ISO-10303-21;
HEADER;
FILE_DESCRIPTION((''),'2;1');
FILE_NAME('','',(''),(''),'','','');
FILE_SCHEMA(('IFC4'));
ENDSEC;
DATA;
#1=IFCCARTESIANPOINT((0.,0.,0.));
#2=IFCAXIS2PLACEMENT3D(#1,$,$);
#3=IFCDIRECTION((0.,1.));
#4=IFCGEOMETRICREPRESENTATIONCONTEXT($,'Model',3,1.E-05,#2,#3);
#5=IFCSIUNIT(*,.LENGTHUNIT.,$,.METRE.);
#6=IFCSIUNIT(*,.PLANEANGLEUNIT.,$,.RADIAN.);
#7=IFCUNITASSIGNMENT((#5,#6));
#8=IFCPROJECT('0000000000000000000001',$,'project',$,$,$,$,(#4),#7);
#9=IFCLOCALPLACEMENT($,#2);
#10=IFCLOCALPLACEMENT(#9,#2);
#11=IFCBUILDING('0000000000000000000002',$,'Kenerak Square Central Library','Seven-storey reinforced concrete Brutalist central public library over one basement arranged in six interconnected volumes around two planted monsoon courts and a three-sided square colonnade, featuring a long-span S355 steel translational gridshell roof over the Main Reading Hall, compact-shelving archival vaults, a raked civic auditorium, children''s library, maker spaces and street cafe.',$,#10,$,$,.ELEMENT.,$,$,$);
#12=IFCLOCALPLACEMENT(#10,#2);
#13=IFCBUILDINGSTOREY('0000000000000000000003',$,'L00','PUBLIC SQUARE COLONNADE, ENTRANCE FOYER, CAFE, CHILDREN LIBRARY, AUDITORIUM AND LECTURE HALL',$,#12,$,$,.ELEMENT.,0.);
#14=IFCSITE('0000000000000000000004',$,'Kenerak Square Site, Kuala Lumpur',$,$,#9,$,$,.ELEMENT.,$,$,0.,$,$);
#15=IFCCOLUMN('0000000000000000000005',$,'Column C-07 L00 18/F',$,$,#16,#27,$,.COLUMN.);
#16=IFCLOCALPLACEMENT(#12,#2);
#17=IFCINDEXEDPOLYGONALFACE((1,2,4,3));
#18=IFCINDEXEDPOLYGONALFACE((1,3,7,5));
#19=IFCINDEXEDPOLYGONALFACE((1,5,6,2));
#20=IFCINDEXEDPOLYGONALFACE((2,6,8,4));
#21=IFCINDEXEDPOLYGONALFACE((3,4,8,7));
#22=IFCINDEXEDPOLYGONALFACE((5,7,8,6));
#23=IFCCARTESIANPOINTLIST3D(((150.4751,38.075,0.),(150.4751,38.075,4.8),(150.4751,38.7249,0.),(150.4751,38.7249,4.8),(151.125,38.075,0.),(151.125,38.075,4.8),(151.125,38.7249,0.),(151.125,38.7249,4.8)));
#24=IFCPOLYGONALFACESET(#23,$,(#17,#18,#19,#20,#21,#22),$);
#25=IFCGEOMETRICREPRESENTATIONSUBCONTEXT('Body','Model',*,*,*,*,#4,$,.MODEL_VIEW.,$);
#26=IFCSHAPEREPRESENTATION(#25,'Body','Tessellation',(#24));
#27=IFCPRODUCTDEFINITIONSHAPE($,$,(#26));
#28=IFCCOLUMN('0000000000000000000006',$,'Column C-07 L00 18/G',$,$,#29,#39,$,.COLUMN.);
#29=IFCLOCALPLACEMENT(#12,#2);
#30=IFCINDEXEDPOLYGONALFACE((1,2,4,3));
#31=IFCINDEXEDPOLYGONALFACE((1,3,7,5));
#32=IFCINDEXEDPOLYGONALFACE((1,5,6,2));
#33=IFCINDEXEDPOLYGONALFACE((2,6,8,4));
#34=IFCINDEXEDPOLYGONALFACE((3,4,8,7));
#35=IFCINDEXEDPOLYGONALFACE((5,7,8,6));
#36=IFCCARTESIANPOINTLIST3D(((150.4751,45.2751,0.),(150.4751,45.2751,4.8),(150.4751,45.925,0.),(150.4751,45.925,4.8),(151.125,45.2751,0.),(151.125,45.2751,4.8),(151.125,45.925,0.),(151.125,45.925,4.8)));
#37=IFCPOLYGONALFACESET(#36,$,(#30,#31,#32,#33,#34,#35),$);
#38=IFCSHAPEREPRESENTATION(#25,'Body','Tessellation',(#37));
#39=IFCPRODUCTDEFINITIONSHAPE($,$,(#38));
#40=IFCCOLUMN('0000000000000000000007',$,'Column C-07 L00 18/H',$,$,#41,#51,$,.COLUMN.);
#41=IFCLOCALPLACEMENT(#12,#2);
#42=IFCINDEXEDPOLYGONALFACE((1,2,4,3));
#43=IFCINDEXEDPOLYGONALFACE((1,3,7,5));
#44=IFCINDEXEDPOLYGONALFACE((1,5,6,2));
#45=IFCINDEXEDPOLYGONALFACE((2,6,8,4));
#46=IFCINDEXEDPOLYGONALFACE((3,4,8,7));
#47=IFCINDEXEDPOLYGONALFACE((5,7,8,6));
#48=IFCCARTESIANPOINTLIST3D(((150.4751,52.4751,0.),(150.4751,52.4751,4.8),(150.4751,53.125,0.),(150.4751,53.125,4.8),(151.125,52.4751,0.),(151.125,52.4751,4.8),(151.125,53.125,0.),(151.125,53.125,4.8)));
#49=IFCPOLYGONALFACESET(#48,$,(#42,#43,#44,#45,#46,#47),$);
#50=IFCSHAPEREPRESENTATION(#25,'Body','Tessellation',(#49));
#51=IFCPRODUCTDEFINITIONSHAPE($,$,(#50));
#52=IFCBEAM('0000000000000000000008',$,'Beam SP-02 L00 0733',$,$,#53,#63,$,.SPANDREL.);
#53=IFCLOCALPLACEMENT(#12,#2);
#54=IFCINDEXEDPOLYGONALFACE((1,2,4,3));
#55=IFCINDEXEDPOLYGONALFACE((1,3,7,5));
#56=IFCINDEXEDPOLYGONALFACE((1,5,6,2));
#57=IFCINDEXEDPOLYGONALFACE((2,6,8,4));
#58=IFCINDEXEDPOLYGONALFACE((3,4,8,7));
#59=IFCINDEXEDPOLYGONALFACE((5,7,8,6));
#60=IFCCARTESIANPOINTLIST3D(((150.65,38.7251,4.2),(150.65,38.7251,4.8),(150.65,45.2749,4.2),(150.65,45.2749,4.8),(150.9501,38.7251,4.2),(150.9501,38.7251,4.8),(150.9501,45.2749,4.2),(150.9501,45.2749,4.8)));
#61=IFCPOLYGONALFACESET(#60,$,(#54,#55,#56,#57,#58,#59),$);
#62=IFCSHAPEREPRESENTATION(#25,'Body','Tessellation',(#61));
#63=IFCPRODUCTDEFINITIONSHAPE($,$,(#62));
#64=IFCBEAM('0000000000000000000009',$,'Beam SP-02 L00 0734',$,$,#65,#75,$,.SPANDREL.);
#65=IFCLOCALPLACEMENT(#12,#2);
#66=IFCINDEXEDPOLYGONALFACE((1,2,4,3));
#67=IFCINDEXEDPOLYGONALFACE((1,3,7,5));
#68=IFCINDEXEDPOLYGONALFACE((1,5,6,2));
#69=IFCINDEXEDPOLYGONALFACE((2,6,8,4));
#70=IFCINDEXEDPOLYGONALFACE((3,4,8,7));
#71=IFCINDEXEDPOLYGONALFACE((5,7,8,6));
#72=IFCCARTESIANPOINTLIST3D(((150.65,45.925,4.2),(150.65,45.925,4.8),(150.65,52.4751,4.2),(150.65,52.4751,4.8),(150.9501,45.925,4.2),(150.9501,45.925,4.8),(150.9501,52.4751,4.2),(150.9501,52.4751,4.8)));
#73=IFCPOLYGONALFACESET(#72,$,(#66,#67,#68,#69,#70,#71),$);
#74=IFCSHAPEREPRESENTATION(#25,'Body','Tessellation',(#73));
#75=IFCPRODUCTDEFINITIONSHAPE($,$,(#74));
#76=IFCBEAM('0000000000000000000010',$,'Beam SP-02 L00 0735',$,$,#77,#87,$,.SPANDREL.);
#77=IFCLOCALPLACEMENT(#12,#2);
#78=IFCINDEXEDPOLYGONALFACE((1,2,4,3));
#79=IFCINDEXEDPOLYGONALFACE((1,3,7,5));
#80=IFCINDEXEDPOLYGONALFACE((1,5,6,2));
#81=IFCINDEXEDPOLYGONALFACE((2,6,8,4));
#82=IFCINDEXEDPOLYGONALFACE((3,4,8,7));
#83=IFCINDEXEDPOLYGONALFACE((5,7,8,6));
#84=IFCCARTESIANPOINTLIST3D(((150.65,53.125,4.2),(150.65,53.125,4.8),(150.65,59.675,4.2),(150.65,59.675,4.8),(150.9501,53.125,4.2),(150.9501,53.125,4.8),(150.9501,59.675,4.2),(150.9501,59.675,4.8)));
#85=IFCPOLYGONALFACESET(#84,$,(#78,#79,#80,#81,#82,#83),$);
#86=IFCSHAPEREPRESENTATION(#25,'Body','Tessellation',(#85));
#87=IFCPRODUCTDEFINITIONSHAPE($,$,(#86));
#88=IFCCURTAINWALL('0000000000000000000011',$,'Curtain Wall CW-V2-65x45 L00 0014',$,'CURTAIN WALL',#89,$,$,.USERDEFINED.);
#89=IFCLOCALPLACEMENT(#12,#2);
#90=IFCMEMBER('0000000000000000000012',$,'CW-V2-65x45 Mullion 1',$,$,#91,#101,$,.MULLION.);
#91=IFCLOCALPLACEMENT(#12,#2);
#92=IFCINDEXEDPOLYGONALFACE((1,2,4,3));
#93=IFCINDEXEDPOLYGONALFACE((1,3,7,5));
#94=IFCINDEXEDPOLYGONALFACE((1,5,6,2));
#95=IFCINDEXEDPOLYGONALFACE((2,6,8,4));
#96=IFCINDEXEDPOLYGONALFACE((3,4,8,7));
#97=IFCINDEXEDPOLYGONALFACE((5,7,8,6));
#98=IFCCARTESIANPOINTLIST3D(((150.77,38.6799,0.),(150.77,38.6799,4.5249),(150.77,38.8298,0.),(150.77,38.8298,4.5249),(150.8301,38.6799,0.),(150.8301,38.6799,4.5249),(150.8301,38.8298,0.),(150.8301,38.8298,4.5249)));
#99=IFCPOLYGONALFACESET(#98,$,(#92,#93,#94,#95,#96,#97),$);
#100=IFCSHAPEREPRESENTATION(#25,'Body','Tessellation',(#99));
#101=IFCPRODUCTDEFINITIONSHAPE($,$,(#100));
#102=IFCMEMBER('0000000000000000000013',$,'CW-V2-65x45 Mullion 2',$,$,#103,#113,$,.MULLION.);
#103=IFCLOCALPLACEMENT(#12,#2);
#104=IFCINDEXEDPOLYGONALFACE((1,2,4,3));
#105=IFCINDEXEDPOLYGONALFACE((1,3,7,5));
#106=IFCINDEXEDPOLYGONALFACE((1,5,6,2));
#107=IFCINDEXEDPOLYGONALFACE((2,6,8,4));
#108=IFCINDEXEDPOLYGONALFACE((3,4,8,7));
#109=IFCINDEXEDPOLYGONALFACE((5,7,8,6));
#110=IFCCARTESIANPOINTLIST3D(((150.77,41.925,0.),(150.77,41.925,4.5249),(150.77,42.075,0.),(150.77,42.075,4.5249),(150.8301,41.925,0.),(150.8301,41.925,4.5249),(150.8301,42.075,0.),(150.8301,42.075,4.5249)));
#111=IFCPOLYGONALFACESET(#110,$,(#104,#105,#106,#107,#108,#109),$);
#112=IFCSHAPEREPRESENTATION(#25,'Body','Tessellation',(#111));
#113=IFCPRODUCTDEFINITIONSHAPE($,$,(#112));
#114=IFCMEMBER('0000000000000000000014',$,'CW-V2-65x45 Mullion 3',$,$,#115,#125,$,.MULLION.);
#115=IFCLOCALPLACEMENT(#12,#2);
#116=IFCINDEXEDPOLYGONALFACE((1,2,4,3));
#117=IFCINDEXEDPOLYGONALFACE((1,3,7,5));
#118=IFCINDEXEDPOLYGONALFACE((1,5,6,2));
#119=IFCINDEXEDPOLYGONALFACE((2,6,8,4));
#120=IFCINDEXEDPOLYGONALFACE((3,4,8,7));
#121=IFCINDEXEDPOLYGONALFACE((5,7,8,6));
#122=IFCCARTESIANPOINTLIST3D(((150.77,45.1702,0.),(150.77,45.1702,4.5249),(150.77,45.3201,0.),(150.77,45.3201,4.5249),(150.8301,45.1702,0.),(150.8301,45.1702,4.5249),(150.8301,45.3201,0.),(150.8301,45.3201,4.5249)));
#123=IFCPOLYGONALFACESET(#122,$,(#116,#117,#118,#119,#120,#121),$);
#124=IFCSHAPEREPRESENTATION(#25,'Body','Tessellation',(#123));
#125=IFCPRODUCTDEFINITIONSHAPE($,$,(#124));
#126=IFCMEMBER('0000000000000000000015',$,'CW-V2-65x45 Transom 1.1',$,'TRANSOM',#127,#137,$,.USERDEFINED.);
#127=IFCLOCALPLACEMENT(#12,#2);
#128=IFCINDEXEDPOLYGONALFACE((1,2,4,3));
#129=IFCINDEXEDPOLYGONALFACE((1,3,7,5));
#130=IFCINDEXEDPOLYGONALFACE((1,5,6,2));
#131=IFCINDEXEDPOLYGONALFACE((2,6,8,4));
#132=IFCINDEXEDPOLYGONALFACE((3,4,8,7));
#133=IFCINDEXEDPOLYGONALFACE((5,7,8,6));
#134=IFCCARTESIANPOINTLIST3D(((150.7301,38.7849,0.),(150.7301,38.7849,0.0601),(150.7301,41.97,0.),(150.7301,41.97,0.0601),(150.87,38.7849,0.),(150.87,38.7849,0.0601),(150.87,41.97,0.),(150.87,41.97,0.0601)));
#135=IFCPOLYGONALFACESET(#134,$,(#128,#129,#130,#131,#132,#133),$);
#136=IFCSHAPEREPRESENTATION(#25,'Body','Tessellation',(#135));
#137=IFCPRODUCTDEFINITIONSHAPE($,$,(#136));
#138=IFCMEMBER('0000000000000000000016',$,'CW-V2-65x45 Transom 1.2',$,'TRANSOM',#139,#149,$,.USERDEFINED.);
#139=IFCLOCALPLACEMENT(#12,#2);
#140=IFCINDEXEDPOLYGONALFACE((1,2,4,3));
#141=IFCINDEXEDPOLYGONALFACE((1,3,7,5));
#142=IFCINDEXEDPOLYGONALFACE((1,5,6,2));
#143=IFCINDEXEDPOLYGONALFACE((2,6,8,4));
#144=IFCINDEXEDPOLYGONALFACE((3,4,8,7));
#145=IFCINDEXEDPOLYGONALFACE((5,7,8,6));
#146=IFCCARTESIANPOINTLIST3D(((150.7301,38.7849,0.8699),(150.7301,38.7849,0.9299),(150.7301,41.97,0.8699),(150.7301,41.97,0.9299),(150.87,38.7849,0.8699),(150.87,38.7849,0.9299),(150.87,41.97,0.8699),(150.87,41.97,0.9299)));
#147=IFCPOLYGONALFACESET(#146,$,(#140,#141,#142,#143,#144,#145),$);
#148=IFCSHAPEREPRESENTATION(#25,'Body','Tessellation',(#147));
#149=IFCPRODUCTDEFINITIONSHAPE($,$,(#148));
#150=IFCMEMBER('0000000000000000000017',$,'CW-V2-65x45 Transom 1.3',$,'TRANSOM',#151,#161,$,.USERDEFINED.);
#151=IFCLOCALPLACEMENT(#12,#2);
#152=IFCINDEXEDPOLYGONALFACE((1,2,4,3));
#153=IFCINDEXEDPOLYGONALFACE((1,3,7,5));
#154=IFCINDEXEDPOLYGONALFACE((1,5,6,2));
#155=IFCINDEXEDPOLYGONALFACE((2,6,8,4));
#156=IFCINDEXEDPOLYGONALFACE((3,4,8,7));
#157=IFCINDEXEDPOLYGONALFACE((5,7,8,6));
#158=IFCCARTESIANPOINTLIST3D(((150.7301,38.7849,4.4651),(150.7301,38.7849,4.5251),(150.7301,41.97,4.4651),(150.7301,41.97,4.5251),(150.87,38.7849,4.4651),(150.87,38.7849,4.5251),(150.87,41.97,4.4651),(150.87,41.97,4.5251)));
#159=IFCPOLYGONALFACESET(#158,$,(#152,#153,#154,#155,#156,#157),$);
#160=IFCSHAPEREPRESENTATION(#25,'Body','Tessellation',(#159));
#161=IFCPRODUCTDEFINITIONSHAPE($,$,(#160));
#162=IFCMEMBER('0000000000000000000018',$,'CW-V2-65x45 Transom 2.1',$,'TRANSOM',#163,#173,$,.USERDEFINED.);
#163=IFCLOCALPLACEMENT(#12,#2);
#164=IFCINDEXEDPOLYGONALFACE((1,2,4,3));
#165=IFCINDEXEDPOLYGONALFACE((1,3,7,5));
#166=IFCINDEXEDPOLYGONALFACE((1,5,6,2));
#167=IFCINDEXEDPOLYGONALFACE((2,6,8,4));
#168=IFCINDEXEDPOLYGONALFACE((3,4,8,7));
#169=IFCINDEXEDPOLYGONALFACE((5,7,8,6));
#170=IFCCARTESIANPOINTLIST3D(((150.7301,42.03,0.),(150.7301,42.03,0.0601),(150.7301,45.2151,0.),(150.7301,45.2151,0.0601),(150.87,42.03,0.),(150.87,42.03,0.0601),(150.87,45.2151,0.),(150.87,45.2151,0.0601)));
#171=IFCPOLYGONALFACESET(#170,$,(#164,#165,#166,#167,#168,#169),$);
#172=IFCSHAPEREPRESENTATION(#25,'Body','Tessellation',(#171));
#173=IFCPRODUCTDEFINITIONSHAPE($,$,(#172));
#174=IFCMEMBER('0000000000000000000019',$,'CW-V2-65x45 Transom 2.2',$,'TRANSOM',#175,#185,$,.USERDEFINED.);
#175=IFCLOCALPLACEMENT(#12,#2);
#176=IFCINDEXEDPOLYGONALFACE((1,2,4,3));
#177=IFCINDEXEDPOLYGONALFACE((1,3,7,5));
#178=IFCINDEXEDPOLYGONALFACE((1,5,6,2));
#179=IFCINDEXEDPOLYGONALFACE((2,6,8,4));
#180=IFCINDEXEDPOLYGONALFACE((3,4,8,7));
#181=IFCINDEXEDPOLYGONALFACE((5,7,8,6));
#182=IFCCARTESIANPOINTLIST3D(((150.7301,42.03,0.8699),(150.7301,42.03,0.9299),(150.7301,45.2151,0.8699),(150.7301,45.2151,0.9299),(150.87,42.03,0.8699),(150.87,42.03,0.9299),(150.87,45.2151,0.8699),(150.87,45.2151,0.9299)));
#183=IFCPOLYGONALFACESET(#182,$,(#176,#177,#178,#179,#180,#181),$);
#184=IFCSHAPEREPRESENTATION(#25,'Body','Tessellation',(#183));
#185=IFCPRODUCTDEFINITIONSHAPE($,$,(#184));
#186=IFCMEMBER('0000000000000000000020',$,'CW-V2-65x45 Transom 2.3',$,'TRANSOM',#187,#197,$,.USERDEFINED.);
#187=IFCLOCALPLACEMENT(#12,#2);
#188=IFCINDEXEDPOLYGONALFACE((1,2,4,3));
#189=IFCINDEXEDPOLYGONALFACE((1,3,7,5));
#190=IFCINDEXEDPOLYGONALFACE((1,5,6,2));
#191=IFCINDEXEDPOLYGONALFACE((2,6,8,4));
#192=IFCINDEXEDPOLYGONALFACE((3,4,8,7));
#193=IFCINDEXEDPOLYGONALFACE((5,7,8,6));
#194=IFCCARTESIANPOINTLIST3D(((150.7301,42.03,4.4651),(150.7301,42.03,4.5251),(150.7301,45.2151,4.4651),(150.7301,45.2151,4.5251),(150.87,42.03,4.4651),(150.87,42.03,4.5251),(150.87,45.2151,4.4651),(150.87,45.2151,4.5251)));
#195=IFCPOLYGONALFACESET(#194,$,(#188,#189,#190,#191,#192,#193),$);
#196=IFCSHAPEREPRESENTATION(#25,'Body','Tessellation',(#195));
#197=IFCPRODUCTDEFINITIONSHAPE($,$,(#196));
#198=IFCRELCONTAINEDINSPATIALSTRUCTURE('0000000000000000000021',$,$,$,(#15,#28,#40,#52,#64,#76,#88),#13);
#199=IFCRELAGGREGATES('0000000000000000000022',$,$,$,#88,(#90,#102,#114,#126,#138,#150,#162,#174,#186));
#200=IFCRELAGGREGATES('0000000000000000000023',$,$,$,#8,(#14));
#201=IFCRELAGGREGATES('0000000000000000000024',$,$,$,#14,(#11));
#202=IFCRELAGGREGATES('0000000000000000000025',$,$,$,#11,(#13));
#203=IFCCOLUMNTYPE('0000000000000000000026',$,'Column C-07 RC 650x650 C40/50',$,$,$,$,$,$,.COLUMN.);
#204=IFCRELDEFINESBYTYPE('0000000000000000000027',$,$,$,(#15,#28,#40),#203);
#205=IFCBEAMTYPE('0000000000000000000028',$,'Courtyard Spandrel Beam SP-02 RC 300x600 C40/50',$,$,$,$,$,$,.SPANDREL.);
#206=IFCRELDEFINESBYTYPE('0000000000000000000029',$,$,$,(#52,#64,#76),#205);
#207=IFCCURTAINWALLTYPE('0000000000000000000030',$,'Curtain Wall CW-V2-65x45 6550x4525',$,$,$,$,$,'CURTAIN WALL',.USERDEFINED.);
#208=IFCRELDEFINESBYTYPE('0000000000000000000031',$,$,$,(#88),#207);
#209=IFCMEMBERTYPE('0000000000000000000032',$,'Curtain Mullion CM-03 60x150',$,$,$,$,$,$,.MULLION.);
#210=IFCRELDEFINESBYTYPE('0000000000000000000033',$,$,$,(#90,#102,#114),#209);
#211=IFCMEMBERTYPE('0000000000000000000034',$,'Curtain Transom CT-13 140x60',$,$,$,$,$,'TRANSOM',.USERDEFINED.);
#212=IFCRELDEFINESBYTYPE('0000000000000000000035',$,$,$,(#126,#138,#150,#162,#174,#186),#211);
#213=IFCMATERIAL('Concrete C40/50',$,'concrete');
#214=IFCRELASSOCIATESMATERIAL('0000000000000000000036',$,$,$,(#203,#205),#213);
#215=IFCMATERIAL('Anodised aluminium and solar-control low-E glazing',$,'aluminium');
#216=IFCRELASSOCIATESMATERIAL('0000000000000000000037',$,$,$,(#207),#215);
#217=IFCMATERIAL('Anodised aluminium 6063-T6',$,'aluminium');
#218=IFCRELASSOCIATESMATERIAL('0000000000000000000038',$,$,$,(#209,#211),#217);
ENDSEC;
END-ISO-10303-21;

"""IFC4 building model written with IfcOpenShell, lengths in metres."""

from ifc_helpers import new_model, si_unit, direction, frame, origin, origin_2d, place, context, subcontext, project, spatial, rectangle, extrude, material, material_profile, profile_set, type_object, element, aggregate, save


model = new_model("IFC4")

# Units and contexts
model_context = context("Model", 3, precision=1e-05, world=origin(), true_north=direction((0.0, 1.0)))
body_context = subcontext(model_context, "Body", "Model", "MODEL_VIEW")
ifc_project = project(units=[si_unit("LENGTHUNIT", "METRE"), si_unit("PLANEANGLEUNIT", "RADIAN")], contexts=[model_context])

# Site, building, storey
site_placement = place(None, origin())
site = spatial("IfcSite", under=ifc_project, at=site_placement, Name="Kenerak Square Site, Kuala Lumpur", CompositionType="ELEMENT", RefElevation=0.0)
building_placement = place(site_placement, origin())
building = spatial("IfcBuilding", under=site, at=building_placement, Name="Kenerak Square Central Library", Description="Seven-storey reinforced concrete Brutalist central public library over one basement arranged in six interconnected volumes around two planted monsoon courts and a three-sided square colonnade, featuring a long-span S355 steel translational gridshell roof over the Main Reading Hall, compact-shelving archival vaults, a raked civic auditorium, children's library, maker spaces and street cafe.", CompositionType="ELEMENT")
storey_placement = place(building_placement, origin())
storey = spatial("IfcBuildingStorey", under=building, at=storey_placement, Name="L00", Description="PUBLIC SQUARE COLONNADE, ENTRANCE FOYER, CAFE, CHILDREN LIBRARY, AUDITORIUM AND LECTURE HALL", CompositionType="ELEMENT", Elevation=0.0)

# Columns
ifc_material_1 = material(Name="Concrete C40/50", Category="concrete")
ifc_material_profile_1 = material_profile(ifc_material_1, rectangle(XDim=0.6499, YDim=0.6499, at=origin_2d()), Name="RC 650x650")
ifc_profile_set_1 = profile_set([ifc_material_profile_1], Name="Concrete C40/50")
column_type = type_object("IfcColumnType", Name="Column C-07 RC 650x650 C40/50", PredefinedType="COLUMN", material=ifc_profile_set_1)
for number, where, z_axis, x_axis, name in (
    (1, (150.8, 38.3999, 0.0), (0.0, 0.0, 1.0), (1.0, 0.0, 0.0), "Column C-07 L00 18/F"),
    (2, (150.8, 45.6001, 0.0), (0.0, 0.0, 1.0), (1.0, 0.0, 0.0), "Column C-07 L00 18/G"),
    (3, (150.8, 52.8, 0.0), (0.0, 0.0, 1.0), (1.0, 0.0, 0.0), "Column C-07 L00 18/H"),
):
    element("IfcColumn", number, at=place(storey_placement, frame(where, z_axis=z_axis, x_axis=x_axis)), inside=storey, type_object=column_type, Name=name, PredefinedType="COLUMN", context=body_context, shape_type="SweptSolid", body=[
        extrude(rectangle(XDim=0.6499, YDim=0.6499, at=origin_2d()), origin(), (0.0, 0.0, 1.0), 4.8),
    ])

# Beams
ifc_material_profile_2 = material_profile(ifc_material_1, rectangle(XDim=0.3, YDim=0.6001, at=origin_2d()), Name="RC 300x600")
ifc_profile_set_2 = profile_set([ifc_material_profile_2], Name="Concrete C40/50")
beam_type_1 = type_object("IfcBeamType", Name="Courtyard Spandrel Beam SP-02 RC 300x600 C40/50", PredefinedType="SPANDREL", material=ifc_profile_set_2)
beam_1_placement = place(storey_placement, frame((150.8, 38.7251, 4.5), z_axis=(0.0, 1.0, 0.0), x_axis=(-1.0, 0.0, 0.0)))
element("IfcBeam", 4, at=beam_1_placement, inside=storey, type_object=beam_type_1, Name="Beam SP-02 L00 0733", PredefinedType="SPANDREL", context=body_context, shape_type="SweptSolid", body=[
    extrude(rectangle(XDim=0.3, YDim=0.6001, at=origin_2d()), origin(), (0.0, 0.0, 1.0), 6.5498),
])
for number, where, z_axis, x_axis, name in (
    (5, (150.8, 45.925, 4.5), (0.0, 1.0, 0.0), (-1.0, 0.0, 0.0), "Beam SP-02 L00 0734"),
    (6, (150.8, 53.125, 4.5), (0.0, 1.0, 0.0), (-1.0, 0.0, 0.0), "Beam SP-02 L00 0735"),
):
    element("IfcBeam", number, at=place(storey_placement, frame(where, z_axis=z_axis, x_axis=x_axis)), inside=storey, type_object=beam_type_1, Name=name, PredefinedType="SPANDREL", context=body_context, shape_type="SweptSolid", body=[
        extrude(rectangle(XDim=0.3, YDim=0.6001, at=origin_2d()), origin(), (0.0, 0.0, 1.0), 6.55),
    ])

# Curtain wall, members
ifc_material_2 = material(Name="Anodised aluminium and solar-control low-E glazing", Category="aluminium")
curtain_wall_type = type_object("IfcCurtainWallType", Name="Curtain Wall CW-V2-65x45 6550x4525", ElementType="CURTAIN WALL", PredefinedType="USERDEFINED", material=ifc_material_2)
curtain_wall_placement = place(storey_placement, origin())
curtain_wall = element("IfcCurtainWall", 7, at=curtain_wall_placement, inside=storey, type_object=curtain_wall_type, Name="Curtain Wall CW-V2-65x45 L00 0014", ObjectType="CURTAIN WALL", PredefinedType="USERDEFINED")
ifc_material_3 = material(Name="Anodised aluminium 6063-T6", Category="aluminium")
ifc_material_profile_3 = material_profile(ifc_material_3, rectangle(XDim=0.0601, YDim=0.1499, at=origin_2d()), Name="AL MULLION 60x150")
ifc_profile_set_3 = profile_set([ifc_material_profile_3], Name="Anodised aluminium 6063-T6")
member_type_1 = type_object("IfcMemberType", Name="Curtain Mullion CM-03 60x150", PredefinedType="MULLION", material=ifc_profile_set_3)
member_1_placement = place(storey_placement, frame((150.8, 38.7549, 0.0), z_axis=(0.0, 0.0, 1.0), x_axis=(-1.0, 0.0, 0.0)))
member_1 = element("IfcMember", 8, at=member_1_placement, type_object=member_type_1, Name="CW-V2-65x45 Mullion 1", PredefinedType="MULLION", context=body_context, shape_type="SweptSolid", body=[
    extrude(rectangle(XDim=0.0601, YDim=0.1499, at=origin_2d()), origin(), (0.0, 0.0, 1.0), 4.5249),
])
member_2_placement = place(storey_placement, frame((150.8, 42.0, 0.0), z_axis=(0.0, 0.0, 1.0), x_axis=(-1.0, 0.0, 0.0)))
member_2 = element("IfcMember", 9, at=member_2_placement, type_object=member_type_1, Name="CW-V2-65x45 Mullion 2", PredefinedType="MULLION", context=body_context, shape_type="SweptSolid", body=[
    extrude(rectangle(XDim=0.0601, YDim=0.1499, at=origin_2d()), origin(), (0.0, 0.0, 1.0), 4.5249),
])
member_3_placement = place(storey_placement, frame((150.8, 45.2451, 0.0), z_axis=(0.0, 0.0, 1.0), x_axis=(-1.0, 0.0, 0.0)))
member_3 = element("IfcMember", 10, at=member_3_placement, type_object=member_type_1, Name="CW-V2-65x45 Mullion 3", PredefinedType="MULLION", context=body_context, shape_type="SweptSolid", body=[
    extrude(rectangle(XDim=0.0601, YDim=0.1499, at=origin_2d()), origin(), (0.0, 0.0, 1.0), 4.5249),
])
ifc_material_profile_4 = material_profile(ifc_material_3, rectangle(XDim=0.1399, YDim=0.0601, at=origin_2d()), Name="AL TRANSOM 140x60")
ifc_profile_set_4 = profile_set([ifc_material_profile_4], Name="Anodised aluminium 6063-T6")
member_type_2 = type_object("IfcMemberType", Name="Curtain Transom CT-13 140x60", ElementType="TRANSOM", PredefinedType="USERDEFINED", material=ifc_profile_set_4)
member_4_placement = place(storey_placement, frame((150.8, 38.7849, 0.03), z_axis=(0.0, 1.0, 0.0), x_axis=(-1.0, 0.0, 0.0)))
member_4 = element("IfcMember", 11, at=member_4_placement, type_object=member_type_2, Name="CW-V2-65x45 Transom 1.1", ObjectType="TRANSOM", PredefinedType="USERDEFINED", context=body_context, shape_type="SweptSolid", body=[
    extrude(rectangle(XDim=0.1399, YDim=0.0601, at=origin_2d()), origin(), (0.0, 0.0, 1.0), 3.1851),
])
member_5_placement = place(storey_placement, frame((150.8, 38.7849, 0.8999), z_axis=(0.0, 1.0, 0.0), x_axis=(-1.0, 0.0, 0.0)))
member_5 = element("IfcMember", 12, at=member_5_placement, type_object=member_type_2, Name="CW-V2-65x45 Transom 1.2", ObjectType="TRANSOM", PredefinedType="USERDEFINED", context=body_context, shape_type="SweptSolid", body=[
    extrude(rectangle(XDim=0.1399, YDim=0.0601, at=origin_2d()), origin(), (0.0, 0.0, 1.0), 3.1851),
])
member_6_placement = place(storey_placement, frame((150.8, 38.7849, 4.4951), z_axis=(0.0, 1.0, 0.0), x_axis=(-1.0, 0.0, 0.0)))
member_6 = element("IfcMember", 13, at=member_6_placement, type_object=member_type_2, Name="CW-V2-65x45 Transom 1.3", ObjectType="TRANSOM", PredefinedType="USERDEFINED", context=body_context, shape_type="SweptSolid", body=[
    extrude(rectangle(XDim=0.1399, YDim=0.0601, at=origin_2d()), origin(), (0.0, 0.0, 1.0), 3.1851),
])
member_7_placement = place(storey_placement, frame((150.8, 42.03, 0.03), z_axis=(0.0, 1.0, 0.0), x_axis=(-1.0, 0.0, 0.0)))
member_7 = element("IfcMember", 14, at=member_7_placement, type_object=member_type_2, Name="CW-V2-65x45 Transom 2.1", ObjectType="TRANSOM", PredefinedType="USERDEFINED", context=body_context, shape_type="SweptSolid", body=[
    extrude(rectangle(XDim=0.1399, YDim=0.0601, at=origin_2d()), origin(), (0.0, 0.0, 1.0), 3.1851),
])
member_8_placement = place(storey_placement, frame((150.8, 42.03, 0.8999), z_axis=(0.0, 1.0, 0.0), x_axis=(-1.0, 0.0, 0.0)))
member_8 = element("IfcMember", 15, at=member_8_placement, type_object=member_type_2, Name="CW-V2-65x45 Transom 2.2", ObjectType="TRANSOM", PredefinedType="USERDEFINED", context=body_context, shape_type="SweptSolid", body=[
    extrude(rectangle(XDim=0.1399, YDim=0.0601, at=origin_2d()), origin(), (0.0, 0.0, 1.0), 3.1851),
])
member_9_placement = place(storey_placement, frame((150.8, 42.03, 4.4951), z_axis=(0.0, 1.0, 0.0), x_axis=(-1.0, 0.0, 0.0)))
member_9 = element("IfcMember", 16, at=member_9_placement, type_object=member_type_2, Name="CW-V2-65x45 Transom 2.3", ObjectType="TRANSOM", PredefinedType="USERDEFINED", context=body_context, shape_type="SweptSolid", body=[
    extrude(rectangle(XDim=0.1399, YDim=0.0601, at=origin_2d()), origin(), (0.0, 0.0, 1.0), 3.1851),
])

aggregate(curtain_wall, [member_1, member_2, member_3, member_4, member_5, member_6, member_7, member_8, member_9])

save(model, "model.ifc")
